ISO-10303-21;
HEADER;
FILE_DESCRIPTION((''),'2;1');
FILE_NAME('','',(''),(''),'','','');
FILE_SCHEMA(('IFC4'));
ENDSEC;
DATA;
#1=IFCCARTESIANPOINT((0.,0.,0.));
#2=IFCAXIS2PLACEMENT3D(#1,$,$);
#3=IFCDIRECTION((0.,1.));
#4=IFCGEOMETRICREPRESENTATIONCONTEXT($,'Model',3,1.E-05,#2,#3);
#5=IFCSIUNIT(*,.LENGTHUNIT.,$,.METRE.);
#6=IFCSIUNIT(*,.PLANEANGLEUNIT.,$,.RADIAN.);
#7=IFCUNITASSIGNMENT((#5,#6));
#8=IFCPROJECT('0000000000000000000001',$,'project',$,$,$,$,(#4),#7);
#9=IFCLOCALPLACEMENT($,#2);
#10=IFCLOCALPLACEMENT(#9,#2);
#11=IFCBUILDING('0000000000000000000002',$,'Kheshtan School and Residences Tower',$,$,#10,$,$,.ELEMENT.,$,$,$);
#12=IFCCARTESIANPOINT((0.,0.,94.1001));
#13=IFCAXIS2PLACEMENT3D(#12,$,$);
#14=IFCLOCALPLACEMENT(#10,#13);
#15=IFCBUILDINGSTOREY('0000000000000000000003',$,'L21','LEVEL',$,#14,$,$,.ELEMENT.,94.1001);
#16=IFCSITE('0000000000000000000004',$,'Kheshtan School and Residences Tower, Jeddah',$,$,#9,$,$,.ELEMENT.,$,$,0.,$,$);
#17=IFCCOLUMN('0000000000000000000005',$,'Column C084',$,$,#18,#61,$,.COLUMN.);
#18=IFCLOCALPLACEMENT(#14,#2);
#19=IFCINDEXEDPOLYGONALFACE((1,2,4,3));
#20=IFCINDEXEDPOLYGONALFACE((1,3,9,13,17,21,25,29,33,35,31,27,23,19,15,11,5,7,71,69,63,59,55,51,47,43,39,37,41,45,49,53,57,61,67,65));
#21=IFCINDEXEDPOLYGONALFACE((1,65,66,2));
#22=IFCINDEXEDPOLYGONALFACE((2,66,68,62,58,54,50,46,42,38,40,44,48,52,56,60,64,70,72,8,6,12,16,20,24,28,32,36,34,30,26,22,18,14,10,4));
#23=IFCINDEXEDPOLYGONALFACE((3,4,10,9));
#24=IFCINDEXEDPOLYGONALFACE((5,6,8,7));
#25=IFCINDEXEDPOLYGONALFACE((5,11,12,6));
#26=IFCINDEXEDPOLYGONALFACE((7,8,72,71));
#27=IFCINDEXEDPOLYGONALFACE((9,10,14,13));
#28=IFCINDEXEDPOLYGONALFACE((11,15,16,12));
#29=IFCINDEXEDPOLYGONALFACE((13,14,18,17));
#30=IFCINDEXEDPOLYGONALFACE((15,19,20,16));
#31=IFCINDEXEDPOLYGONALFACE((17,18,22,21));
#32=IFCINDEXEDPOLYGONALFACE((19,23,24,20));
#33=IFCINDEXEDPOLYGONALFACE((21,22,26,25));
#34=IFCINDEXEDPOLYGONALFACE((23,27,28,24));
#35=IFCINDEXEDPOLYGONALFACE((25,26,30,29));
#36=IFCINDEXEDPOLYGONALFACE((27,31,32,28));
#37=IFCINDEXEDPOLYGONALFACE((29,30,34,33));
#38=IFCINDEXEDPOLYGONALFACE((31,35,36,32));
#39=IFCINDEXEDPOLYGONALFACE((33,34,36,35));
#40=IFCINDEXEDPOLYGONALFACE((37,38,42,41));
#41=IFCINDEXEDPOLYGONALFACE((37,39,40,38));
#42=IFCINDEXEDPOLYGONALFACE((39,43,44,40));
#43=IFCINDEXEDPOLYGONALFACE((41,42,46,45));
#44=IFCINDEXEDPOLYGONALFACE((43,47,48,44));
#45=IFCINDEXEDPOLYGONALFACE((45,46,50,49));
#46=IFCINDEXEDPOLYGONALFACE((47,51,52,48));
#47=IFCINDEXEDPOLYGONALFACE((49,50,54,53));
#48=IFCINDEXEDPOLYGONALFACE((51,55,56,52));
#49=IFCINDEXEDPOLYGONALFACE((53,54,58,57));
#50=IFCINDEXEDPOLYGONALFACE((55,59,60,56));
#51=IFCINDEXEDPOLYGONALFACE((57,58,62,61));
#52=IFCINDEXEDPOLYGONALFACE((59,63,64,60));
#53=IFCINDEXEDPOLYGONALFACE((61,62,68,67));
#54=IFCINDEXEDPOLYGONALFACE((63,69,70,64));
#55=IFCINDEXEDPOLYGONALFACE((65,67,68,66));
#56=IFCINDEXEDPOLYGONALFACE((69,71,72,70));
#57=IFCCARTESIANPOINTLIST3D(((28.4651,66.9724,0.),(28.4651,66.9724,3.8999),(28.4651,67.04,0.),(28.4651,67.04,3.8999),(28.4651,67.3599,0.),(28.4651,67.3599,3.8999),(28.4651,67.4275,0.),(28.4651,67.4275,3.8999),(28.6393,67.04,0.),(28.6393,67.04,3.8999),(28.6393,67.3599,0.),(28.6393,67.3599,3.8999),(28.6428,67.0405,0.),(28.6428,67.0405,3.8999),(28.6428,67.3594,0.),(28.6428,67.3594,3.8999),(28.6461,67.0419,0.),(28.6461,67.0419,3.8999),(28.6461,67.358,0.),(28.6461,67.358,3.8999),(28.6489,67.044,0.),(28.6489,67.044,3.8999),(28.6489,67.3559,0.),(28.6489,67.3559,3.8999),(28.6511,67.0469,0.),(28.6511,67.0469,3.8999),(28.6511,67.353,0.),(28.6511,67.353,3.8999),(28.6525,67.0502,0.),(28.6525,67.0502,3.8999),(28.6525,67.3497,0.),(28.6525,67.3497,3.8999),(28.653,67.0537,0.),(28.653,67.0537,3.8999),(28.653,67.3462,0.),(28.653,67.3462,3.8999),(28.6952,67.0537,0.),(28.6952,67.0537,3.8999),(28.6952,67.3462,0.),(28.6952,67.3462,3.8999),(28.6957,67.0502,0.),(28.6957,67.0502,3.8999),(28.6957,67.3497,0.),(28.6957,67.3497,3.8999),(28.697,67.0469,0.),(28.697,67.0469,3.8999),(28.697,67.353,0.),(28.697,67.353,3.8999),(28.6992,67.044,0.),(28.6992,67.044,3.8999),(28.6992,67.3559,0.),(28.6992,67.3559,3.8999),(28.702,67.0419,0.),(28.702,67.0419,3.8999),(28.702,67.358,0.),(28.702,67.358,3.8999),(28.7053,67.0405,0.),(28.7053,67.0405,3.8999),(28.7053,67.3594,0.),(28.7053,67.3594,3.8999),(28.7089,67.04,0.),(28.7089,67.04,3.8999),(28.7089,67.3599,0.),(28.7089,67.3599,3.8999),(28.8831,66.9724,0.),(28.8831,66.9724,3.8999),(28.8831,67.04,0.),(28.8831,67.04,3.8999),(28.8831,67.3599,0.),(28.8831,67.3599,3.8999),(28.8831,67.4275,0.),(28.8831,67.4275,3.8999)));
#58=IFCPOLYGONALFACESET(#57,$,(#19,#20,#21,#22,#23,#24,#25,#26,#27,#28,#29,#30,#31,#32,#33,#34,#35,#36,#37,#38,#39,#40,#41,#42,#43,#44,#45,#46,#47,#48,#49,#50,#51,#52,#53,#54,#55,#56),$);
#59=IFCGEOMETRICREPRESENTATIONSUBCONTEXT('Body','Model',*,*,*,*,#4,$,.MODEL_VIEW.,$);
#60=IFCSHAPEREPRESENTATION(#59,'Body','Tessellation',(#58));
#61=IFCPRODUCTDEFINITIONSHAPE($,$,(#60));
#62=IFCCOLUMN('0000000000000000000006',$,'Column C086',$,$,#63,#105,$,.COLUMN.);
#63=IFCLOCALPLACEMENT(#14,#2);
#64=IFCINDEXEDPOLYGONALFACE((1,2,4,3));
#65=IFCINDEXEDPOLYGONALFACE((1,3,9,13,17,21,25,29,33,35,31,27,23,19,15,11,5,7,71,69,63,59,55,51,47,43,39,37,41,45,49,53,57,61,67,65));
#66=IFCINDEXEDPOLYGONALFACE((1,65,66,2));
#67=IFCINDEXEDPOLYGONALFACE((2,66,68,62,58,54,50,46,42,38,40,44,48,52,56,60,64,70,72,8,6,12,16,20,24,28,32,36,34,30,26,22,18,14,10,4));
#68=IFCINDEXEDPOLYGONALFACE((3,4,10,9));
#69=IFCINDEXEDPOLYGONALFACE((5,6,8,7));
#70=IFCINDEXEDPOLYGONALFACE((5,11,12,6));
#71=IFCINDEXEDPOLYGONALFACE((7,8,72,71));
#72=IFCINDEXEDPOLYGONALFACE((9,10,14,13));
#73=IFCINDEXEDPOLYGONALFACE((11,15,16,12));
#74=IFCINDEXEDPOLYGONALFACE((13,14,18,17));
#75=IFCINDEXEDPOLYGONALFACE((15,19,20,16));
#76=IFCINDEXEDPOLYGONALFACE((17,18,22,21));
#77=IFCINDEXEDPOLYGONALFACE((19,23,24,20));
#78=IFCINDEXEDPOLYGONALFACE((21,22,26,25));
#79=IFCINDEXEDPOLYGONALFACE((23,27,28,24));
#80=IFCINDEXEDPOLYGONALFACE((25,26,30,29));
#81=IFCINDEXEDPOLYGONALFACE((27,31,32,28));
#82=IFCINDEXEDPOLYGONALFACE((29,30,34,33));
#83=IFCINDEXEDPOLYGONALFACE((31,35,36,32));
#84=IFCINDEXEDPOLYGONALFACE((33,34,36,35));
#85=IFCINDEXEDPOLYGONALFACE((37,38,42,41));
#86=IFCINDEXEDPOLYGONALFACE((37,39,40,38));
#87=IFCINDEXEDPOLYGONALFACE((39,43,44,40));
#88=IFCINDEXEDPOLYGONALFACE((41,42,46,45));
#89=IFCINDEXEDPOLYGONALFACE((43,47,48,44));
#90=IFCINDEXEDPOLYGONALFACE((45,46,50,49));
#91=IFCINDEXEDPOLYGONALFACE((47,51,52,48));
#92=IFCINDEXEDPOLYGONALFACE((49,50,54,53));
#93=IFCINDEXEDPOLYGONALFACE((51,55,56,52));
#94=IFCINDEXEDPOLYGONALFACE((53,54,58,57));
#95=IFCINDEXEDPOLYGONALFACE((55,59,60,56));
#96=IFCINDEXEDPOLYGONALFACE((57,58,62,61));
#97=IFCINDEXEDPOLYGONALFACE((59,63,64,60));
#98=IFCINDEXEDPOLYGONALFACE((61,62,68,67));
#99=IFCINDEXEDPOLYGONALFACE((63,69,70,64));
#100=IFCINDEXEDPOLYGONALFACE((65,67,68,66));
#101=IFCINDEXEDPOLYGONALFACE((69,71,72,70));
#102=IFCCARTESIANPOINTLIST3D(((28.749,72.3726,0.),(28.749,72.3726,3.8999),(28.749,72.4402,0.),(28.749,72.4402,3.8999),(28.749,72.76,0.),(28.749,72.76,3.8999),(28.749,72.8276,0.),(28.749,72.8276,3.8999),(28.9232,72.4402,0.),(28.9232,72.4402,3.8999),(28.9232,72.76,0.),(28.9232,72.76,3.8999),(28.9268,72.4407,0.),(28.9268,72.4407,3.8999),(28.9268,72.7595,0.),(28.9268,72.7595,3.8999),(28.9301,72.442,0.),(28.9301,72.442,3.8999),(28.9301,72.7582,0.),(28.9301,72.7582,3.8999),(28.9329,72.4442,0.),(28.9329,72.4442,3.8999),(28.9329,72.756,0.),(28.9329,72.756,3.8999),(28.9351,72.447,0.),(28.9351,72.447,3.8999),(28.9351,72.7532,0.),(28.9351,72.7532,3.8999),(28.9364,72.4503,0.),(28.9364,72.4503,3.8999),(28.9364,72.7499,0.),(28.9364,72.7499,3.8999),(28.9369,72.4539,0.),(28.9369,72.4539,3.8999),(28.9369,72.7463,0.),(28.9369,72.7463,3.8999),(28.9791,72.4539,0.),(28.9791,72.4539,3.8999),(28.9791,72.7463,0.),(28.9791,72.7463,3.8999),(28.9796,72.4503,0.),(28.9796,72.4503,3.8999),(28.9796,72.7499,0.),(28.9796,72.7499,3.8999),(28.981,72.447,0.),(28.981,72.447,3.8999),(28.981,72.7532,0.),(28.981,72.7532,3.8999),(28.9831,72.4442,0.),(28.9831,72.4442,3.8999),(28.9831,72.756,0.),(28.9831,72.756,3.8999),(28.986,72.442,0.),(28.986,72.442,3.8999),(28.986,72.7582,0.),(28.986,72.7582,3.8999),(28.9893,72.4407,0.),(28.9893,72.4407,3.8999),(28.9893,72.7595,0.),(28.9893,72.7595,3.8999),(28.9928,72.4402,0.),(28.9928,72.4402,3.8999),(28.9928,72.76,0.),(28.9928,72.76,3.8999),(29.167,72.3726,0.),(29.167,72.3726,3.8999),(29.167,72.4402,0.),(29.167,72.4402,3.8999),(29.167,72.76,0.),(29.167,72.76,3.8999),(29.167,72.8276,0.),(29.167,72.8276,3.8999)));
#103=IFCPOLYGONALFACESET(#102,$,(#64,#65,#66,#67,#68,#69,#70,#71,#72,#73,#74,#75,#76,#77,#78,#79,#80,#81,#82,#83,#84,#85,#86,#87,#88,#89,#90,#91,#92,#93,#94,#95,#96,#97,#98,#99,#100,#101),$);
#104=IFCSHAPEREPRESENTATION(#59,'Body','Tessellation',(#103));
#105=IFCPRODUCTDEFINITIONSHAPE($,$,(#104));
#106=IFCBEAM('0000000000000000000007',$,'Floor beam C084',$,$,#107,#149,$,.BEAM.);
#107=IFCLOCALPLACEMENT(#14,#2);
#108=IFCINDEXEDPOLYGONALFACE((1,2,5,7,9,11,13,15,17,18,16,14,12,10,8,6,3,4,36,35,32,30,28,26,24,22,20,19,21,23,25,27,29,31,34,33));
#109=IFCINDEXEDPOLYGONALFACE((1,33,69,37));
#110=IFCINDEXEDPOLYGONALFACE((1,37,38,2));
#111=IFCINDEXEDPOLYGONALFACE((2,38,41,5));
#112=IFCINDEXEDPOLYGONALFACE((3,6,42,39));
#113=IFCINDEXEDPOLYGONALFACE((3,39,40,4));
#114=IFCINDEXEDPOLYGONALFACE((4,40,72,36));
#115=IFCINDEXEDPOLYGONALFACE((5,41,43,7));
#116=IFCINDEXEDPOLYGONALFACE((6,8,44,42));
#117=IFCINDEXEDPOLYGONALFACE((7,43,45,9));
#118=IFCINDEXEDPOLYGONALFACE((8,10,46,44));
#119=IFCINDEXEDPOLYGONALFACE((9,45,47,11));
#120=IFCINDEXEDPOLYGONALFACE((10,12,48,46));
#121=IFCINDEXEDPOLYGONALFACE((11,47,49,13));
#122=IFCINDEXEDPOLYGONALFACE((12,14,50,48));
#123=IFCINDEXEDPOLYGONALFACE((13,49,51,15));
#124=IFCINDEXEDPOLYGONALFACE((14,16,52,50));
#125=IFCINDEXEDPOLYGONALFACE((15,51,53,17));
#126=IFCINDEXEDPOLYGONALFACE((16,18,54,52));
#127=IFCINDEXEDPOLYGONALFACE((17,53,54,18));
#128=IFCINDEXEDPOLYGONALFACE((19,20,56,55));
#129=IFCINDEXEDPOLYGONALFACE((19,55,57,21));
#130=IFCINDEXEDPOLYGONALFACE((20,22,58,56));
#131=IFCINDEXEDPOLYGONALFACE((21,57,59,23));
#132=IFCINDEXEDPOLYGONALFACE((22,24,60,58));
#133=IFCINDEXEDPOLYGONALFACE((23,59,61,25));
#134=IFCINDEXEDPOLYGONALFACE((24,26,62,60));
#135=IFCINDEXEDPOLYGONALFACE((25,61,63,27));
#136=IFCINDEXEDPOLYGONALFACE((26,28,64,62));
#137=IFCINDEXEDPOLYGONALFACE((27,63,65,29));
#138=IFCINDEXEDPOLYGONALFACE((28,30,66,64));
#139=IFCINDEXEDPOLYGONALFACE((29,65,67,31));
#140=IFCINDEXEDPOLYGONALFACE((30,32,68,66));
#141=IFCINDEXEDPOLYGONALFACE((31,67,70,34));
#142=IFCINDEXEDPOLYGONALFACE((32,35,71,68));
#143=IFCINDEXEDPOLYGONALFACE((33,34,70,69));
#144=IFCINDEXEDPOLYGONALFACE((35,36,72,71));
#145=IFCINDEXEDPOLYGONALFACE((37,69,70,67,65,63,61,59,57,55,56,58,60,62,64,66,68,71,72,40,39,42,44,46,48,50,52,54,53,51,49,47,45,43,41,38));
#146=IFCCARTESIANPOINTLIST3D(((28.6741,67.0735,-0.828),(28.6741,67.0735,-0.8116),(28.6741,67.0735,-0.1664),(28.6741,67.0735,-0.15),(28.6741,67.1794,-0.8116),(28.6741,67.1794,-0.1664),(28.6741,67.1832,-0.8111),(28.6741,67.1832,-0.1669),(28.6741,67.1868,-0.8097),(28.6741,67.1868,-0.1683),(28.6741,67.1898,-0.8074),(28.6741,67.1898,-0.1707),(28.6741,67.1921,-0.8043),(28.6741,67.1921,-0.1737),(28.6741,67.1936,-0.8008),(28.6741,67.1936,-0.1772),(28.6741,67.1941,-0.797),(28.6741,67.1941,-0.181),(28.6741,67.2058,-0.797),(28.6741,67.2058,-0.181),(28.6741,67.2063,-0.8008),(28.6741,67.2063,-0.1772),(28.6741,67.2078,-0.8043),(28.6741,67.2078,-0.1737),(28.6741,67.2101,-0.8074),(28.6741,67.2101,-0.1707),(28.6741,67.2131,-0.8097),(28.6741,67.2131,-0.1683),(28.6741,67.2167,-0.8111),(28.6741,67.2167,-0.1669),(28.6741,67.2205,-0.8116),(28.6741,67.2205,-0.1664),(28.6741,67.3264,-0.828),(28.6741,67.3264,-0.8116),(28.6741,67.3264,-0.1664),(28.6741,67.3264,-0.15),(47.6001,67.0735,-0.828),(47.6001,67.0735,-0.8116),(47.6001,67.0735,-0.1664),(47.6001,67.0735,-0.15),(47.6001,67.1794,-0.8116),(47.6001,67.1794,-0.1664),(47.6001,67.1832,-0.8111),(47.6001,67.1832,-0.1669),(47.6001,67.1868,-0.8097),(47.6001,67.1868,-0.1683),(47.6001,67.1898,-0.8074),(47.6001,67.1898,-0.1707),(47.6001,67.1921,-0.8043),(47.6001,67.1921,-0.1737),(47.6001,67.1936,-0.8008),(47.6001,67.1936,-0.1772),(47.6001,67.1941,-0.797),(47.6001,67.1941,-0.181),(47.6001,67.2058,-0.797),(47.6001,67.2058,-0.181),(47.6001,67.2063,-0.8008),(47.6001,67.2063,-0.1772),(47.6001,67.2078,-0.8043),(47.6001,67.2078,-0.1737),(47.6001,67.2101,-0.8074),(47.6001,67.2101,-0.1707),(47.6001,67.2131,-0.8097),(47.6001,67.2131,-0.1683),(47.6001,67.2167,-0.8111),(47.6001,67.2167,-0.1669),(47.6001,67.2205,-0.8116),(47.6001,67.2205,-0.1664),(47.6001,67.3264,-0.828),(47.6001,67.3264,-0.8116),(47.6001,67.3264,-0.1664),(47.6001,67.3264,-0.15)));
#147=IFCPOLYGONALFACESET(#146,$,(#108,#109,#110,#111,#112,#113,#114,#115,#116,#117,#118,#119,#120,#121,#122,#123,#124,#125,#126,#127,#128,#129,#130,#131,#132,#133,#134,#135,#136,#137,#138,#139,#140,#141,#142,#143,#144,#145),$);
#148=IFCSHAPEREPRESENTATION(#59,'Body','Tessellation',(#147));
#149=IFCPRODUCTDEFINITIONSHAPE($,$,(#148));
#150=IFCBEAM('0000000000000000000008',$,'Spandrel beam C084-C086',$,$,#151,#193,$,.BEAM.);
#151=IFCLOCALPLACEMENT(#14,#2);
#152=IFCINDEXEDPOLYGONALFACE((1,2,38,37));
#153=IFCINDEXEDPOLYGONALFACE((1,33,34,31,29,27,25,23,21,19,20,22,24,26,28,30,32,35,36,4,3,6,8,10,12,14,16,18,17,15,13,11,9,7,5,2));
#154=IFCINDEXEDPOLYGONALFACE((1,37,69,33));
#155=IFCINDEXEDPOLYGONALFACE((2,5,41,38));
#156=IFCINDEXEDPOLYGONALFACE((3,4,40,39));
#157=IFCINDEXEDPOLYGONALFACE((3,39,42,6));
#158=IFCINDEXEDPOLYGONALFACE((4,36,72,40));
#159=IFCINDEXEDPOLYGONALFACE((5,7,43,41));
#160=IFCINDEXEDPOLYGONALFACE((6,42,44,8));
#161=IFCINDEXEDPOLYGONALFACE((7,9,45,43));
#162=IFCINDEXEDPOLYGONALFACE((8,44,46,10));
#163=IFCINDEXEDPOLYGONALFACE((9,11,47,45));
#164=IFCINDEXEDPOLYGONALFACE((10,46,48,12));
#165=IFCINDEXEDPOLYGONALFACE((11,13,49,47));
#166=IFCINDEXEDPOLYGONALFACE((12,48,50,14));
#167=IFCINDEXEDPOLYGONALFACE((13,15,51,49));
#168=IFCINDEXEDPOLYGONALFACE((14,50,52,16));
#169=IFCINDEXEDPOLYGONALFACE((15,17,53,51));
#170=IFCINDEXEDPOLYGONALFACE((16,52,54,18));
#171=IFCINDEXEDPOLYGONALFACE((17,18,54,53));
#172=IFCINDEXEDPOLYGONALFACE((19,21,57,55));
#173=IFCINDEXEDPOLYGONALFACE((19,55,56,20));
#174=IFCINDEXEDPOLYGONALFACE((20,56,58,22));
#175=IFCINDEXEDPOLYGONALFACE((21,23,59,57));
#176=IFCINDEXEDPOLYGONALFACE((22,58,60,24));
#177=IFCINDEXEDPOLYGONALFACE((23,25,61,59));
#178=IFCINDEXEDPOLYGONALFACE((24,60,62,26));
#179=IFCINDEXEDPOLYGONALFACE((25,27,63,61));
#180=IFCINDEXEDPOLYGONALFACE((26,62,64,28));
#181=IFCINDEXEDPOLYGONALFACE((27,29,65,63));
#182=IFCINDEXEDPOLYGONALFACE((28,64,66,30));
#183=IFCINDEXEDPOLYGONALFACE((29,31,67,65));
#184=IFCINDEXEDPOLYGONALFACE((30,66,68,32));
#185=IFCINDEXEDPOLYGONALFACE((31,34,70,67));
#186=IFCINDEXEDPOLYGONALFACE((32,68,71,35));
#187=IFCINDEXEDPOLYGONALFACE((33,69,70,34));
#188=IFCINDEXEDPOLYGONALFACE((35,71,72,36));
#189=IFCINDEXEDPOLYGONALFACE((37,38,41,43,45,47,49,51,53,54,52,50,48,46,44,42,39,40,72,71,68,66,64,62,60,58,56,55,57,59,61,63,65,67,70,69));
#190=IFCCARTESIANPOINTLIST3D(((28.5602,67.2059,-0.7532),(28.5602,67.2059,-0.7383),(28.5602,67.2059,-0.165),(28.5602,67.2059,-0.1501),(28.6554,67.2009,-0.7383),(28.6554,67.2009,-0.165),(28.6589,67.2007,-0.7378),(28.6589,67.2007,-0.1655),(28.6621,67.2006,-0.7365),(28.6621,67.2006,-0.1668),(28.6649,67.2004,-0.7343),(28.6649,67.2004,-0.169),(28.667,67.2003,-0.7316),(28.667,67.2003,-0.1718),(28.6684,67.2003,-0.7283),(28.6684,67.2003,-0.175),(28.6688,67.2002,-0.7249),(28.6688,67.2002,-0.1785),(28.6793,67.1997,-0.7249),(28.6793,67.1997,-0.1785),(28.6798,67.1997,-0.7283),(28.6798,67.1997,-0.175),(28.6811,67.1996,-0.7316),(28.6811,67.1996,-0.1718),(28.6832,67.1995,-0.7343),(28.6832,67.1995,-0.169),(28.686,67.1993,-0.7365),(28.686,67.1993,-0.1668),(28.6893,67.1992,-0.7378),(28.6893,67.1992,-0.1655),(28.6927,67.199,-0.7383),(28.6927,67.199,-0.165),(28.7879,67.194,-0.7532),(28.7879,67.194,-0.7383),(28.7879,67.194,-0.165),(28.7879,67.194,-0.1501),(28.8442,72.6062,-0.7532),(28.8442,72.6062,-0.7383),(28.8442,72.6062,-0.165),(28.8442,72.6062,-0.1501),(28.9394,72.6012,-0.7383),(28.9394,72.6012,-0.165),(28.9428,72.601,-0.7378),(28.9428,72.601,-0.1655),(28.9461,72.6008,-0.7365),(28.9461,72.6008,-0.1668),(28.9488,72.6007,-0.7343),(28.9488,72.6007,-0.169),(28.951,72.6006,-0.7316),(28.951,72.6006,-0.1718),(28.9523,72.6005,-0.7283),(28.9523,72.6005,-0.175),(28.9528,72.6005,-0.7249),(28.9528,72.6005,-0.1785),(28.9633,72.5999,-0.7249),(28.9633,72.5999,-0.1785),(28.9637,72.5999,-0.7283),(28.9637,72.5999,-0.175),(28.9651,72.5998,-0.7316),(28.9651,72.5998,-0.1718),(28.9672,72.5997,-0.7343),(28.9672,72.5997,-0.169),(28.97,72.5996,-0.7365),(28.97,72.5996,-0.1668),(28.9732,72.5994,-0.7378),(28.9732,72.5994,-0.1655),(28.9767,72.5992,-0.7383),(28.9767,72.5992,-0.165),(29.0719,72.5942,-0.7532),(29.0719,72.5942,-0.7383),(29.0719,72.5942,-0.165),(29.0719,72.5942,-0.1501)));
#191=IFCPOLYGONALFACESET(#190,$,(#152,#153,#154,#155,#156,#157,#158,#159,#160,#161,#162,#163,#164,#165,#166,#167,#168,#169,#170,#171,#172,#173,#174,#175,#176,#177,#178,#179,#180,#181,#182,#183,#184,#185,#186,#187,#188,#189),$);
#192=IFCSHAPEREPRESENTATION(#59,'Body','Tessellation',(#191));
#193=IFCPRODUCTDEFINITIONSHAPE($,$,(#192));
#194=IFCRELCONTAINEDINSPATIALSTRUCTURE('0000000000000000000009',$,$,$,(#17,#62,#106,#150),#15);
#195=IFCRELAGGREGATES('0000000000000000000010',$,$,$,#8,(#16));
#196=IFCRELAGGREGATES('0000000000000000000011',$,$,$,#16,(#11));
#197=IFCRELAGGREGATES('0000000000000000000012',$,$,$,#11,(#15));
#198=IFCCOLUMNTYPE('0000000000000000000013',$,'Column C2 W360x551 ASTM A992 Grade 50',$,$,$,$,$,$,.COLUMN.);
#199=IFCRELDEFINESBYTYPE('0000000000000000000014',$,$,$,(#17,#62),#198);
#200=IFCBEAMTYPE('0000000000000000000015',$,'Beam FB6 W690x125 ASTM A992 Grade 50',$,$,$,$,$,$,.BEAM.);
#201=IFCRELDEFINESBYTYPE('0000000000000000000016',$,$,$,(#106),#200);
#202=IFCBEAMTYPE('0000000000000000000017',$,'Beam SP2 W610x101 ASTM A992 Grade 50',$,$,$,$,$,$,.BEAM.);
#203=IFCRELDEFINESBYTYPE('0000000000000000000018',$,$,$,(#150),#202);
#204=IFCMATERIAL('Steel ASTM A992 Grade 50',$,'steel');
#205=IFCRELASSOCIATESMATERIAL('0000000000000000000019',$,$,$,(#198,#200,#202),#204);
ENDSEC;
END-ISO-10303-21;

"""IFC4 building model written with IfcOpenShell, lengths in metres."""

from ifc_helpers import new_model, si_unit, direction, frame, origin, origin_2d, place, context, subcontext, project, spatial, i_section, extrude, material, material_profile, profile_set, type_object, element, save


model = new_model("IFC4")

# Units and contexts
model_context = context("Model", 3, precision=1e-05, world=origin(), true_north=direction((0.0, 1.0)))
body_context = subcontext(model_context, "Body", "Model", "MODEL_VIEW")
ifc_project = project(units=[si_unit("LENGTHUNIT", "METRE"), si_unit("PLANEANGLEUNIT", "RADIAN")], contexts=[model_context])

# Site, building, storey
site_placement = place(None, origin())
site = spatial("IfcSite", under=ifc_project, at=site_placement, Name="Kheshtan School and Residences Tower, Jeddah", CompositionType="ELEMENT", RefElevation=0.0)
building_placement = place(site_placement, origin())
building = spatial("IfcBuilding", under=site, at=building_placement, Name="Kheshtan School and Residences Tower", CompositionType="ELEMENT")
storey_placement = place(building_placement, frame((0.0, 0.0, 94.1001)))
storey = spatial("IfcBuildingStorey", under=building, at=storey_placement, Name="L21", Description="LEVEL", CompositionType="ELEMENT", Elevation=94.1001)

# Columns
ifc_material_1 = material(Name="Steel ASTM A992 Grade 50", Category="steel")
ifc_material_profile_1 = material_profile(ifc_material_1, i_section(OverallWidth=0.418, OverallDepth=0.4551, WebThickness=0.0422, FlangeThickness=0.0676, FilletRadius=0.0137, at=origin_2d()), Name="W360x551")
ifc_profile_set_1 = profile_set([ifc_material_profile_1], Name="Steel ASTM A992 Grade 50")
column_type = type_object("IfcColumnType", Name="Column C2 W360x551 ASTM A992 Grade 50", PredefinedType="COLUMN", material=ifc_profile_set_1)
for number, where, z_axis, x_axis, name in (
    (1, (28.6741, 67.2, 0.0), (0.0, 0.0, 1.0), (1.0, 0.0, 0.0), "Column C084"),
    (2, (28.958, 72.6001, 0.0), (0.0, 0.0, 1.0), (1.0, 0.0, 0.0), "Column C086"),
):
    element("IfcColumn", number, at=place(storey_placement, frame(where, z_axis=z_axis, x_axis=x_axis)), inside=storey, type_object=column_type, Name=name, PredefinedType="COLUMN", context=body_context, shape_type="SweptSolid", body=[
        extrude(i_section(OverallWidth=0.418, OverallDepth=0.4551, WebThickness=0.0422, FlangeThickness=0.0676, FilletRadius=0.0137, at=origin_2d()), origin(), (0.0, 0.0, 1.0), 3.8999),
    ])

# Beams
ifc_material_profile_2 = material_profile(ifc_material_1, i_section(OverallWidth=0.2529, OverallDepth=0.678, WebThickness=0.0117, FlangeThickness=0.0164, FilletRadius=0.0146, at=origin_2d()), Name="W690x125")
ifc_profile_set_2 = profile_set([ifc_material_profile_2], Name="Steel ASTM A992 Grade 50")
beam_type_1 = type_object("IfcBeamType", Name="Beam FB6 W690x125 ASTM A992 Grade 50", PredefinedType="BEAM", material=ifc_profile_set_2)
beam_1_placement = place(storey_placement, frame((28.6741, 67.2, -0.489), z_axis=(1.0, 0.0, 0.0), x_axis=(0.0, 1.0, 0.0)))
element("IfcBeam", 3, at=beam_1_placement, inside=storey, type_object=beam_type_1, Name="Floor beam C084", PredefinedType="BEAM", context=body_context, shape_type="SweptSolid", body=[
    extrude(i_section(OverallWidth=0.2529, OverallDepth=0.678, WebThickness=0.0117, FlangeThickness=0.0164, FilletRadius=0.0146, at=origin_2d()), origin(), (0.0, 0.0, 1.0), 18.926),
])
ifc_material_profile_3 = material_profile(ifc_material_1, i_section(OverallWidth=0.228, OverallDepth=0.603, WebThickness=0.0105, FlangeThickness=0.0149, FilletRadius=0.0134, at=origin_2d()), Name="W610x101")
ifc_profile_set_3 = profile_set([ifc_material_profile_3], Name="Steel ASTM A992 Grade 50")
beam_type_2 = type_object("IfcBeamType", Name="Beam SP2 W610x101 ASTM A992 Grade 50", PredefinedType="BEAM", material=ifc_profile_set_3)
beam_2_placement = place(storey_placement, frame((28.6741, 67.2, -0.4517), z_axis=(0.052507, 0.998621, 0.0), x_axis=(-0.998621, 0.052507, 0.0)))
element("IfcBeam", 4, at=beam_2_placement, inside=storey, type_object=beam_type_2, Name="Spandrel beam C084-C086", PredefinedType="BEAM", context=body_context, shape_type="SweptSolid", body=[
    extrude(i_section(OverallWidth=0.228, OverallDepth=0.603, WebThickness=0.0105, FlangeThickness=0.0149, FilletRadius=0.0134, at=origin_2d()), origin(), (0.0, 0.0, 1.0), 5.4077),
])

save(model, "model.ifc")
